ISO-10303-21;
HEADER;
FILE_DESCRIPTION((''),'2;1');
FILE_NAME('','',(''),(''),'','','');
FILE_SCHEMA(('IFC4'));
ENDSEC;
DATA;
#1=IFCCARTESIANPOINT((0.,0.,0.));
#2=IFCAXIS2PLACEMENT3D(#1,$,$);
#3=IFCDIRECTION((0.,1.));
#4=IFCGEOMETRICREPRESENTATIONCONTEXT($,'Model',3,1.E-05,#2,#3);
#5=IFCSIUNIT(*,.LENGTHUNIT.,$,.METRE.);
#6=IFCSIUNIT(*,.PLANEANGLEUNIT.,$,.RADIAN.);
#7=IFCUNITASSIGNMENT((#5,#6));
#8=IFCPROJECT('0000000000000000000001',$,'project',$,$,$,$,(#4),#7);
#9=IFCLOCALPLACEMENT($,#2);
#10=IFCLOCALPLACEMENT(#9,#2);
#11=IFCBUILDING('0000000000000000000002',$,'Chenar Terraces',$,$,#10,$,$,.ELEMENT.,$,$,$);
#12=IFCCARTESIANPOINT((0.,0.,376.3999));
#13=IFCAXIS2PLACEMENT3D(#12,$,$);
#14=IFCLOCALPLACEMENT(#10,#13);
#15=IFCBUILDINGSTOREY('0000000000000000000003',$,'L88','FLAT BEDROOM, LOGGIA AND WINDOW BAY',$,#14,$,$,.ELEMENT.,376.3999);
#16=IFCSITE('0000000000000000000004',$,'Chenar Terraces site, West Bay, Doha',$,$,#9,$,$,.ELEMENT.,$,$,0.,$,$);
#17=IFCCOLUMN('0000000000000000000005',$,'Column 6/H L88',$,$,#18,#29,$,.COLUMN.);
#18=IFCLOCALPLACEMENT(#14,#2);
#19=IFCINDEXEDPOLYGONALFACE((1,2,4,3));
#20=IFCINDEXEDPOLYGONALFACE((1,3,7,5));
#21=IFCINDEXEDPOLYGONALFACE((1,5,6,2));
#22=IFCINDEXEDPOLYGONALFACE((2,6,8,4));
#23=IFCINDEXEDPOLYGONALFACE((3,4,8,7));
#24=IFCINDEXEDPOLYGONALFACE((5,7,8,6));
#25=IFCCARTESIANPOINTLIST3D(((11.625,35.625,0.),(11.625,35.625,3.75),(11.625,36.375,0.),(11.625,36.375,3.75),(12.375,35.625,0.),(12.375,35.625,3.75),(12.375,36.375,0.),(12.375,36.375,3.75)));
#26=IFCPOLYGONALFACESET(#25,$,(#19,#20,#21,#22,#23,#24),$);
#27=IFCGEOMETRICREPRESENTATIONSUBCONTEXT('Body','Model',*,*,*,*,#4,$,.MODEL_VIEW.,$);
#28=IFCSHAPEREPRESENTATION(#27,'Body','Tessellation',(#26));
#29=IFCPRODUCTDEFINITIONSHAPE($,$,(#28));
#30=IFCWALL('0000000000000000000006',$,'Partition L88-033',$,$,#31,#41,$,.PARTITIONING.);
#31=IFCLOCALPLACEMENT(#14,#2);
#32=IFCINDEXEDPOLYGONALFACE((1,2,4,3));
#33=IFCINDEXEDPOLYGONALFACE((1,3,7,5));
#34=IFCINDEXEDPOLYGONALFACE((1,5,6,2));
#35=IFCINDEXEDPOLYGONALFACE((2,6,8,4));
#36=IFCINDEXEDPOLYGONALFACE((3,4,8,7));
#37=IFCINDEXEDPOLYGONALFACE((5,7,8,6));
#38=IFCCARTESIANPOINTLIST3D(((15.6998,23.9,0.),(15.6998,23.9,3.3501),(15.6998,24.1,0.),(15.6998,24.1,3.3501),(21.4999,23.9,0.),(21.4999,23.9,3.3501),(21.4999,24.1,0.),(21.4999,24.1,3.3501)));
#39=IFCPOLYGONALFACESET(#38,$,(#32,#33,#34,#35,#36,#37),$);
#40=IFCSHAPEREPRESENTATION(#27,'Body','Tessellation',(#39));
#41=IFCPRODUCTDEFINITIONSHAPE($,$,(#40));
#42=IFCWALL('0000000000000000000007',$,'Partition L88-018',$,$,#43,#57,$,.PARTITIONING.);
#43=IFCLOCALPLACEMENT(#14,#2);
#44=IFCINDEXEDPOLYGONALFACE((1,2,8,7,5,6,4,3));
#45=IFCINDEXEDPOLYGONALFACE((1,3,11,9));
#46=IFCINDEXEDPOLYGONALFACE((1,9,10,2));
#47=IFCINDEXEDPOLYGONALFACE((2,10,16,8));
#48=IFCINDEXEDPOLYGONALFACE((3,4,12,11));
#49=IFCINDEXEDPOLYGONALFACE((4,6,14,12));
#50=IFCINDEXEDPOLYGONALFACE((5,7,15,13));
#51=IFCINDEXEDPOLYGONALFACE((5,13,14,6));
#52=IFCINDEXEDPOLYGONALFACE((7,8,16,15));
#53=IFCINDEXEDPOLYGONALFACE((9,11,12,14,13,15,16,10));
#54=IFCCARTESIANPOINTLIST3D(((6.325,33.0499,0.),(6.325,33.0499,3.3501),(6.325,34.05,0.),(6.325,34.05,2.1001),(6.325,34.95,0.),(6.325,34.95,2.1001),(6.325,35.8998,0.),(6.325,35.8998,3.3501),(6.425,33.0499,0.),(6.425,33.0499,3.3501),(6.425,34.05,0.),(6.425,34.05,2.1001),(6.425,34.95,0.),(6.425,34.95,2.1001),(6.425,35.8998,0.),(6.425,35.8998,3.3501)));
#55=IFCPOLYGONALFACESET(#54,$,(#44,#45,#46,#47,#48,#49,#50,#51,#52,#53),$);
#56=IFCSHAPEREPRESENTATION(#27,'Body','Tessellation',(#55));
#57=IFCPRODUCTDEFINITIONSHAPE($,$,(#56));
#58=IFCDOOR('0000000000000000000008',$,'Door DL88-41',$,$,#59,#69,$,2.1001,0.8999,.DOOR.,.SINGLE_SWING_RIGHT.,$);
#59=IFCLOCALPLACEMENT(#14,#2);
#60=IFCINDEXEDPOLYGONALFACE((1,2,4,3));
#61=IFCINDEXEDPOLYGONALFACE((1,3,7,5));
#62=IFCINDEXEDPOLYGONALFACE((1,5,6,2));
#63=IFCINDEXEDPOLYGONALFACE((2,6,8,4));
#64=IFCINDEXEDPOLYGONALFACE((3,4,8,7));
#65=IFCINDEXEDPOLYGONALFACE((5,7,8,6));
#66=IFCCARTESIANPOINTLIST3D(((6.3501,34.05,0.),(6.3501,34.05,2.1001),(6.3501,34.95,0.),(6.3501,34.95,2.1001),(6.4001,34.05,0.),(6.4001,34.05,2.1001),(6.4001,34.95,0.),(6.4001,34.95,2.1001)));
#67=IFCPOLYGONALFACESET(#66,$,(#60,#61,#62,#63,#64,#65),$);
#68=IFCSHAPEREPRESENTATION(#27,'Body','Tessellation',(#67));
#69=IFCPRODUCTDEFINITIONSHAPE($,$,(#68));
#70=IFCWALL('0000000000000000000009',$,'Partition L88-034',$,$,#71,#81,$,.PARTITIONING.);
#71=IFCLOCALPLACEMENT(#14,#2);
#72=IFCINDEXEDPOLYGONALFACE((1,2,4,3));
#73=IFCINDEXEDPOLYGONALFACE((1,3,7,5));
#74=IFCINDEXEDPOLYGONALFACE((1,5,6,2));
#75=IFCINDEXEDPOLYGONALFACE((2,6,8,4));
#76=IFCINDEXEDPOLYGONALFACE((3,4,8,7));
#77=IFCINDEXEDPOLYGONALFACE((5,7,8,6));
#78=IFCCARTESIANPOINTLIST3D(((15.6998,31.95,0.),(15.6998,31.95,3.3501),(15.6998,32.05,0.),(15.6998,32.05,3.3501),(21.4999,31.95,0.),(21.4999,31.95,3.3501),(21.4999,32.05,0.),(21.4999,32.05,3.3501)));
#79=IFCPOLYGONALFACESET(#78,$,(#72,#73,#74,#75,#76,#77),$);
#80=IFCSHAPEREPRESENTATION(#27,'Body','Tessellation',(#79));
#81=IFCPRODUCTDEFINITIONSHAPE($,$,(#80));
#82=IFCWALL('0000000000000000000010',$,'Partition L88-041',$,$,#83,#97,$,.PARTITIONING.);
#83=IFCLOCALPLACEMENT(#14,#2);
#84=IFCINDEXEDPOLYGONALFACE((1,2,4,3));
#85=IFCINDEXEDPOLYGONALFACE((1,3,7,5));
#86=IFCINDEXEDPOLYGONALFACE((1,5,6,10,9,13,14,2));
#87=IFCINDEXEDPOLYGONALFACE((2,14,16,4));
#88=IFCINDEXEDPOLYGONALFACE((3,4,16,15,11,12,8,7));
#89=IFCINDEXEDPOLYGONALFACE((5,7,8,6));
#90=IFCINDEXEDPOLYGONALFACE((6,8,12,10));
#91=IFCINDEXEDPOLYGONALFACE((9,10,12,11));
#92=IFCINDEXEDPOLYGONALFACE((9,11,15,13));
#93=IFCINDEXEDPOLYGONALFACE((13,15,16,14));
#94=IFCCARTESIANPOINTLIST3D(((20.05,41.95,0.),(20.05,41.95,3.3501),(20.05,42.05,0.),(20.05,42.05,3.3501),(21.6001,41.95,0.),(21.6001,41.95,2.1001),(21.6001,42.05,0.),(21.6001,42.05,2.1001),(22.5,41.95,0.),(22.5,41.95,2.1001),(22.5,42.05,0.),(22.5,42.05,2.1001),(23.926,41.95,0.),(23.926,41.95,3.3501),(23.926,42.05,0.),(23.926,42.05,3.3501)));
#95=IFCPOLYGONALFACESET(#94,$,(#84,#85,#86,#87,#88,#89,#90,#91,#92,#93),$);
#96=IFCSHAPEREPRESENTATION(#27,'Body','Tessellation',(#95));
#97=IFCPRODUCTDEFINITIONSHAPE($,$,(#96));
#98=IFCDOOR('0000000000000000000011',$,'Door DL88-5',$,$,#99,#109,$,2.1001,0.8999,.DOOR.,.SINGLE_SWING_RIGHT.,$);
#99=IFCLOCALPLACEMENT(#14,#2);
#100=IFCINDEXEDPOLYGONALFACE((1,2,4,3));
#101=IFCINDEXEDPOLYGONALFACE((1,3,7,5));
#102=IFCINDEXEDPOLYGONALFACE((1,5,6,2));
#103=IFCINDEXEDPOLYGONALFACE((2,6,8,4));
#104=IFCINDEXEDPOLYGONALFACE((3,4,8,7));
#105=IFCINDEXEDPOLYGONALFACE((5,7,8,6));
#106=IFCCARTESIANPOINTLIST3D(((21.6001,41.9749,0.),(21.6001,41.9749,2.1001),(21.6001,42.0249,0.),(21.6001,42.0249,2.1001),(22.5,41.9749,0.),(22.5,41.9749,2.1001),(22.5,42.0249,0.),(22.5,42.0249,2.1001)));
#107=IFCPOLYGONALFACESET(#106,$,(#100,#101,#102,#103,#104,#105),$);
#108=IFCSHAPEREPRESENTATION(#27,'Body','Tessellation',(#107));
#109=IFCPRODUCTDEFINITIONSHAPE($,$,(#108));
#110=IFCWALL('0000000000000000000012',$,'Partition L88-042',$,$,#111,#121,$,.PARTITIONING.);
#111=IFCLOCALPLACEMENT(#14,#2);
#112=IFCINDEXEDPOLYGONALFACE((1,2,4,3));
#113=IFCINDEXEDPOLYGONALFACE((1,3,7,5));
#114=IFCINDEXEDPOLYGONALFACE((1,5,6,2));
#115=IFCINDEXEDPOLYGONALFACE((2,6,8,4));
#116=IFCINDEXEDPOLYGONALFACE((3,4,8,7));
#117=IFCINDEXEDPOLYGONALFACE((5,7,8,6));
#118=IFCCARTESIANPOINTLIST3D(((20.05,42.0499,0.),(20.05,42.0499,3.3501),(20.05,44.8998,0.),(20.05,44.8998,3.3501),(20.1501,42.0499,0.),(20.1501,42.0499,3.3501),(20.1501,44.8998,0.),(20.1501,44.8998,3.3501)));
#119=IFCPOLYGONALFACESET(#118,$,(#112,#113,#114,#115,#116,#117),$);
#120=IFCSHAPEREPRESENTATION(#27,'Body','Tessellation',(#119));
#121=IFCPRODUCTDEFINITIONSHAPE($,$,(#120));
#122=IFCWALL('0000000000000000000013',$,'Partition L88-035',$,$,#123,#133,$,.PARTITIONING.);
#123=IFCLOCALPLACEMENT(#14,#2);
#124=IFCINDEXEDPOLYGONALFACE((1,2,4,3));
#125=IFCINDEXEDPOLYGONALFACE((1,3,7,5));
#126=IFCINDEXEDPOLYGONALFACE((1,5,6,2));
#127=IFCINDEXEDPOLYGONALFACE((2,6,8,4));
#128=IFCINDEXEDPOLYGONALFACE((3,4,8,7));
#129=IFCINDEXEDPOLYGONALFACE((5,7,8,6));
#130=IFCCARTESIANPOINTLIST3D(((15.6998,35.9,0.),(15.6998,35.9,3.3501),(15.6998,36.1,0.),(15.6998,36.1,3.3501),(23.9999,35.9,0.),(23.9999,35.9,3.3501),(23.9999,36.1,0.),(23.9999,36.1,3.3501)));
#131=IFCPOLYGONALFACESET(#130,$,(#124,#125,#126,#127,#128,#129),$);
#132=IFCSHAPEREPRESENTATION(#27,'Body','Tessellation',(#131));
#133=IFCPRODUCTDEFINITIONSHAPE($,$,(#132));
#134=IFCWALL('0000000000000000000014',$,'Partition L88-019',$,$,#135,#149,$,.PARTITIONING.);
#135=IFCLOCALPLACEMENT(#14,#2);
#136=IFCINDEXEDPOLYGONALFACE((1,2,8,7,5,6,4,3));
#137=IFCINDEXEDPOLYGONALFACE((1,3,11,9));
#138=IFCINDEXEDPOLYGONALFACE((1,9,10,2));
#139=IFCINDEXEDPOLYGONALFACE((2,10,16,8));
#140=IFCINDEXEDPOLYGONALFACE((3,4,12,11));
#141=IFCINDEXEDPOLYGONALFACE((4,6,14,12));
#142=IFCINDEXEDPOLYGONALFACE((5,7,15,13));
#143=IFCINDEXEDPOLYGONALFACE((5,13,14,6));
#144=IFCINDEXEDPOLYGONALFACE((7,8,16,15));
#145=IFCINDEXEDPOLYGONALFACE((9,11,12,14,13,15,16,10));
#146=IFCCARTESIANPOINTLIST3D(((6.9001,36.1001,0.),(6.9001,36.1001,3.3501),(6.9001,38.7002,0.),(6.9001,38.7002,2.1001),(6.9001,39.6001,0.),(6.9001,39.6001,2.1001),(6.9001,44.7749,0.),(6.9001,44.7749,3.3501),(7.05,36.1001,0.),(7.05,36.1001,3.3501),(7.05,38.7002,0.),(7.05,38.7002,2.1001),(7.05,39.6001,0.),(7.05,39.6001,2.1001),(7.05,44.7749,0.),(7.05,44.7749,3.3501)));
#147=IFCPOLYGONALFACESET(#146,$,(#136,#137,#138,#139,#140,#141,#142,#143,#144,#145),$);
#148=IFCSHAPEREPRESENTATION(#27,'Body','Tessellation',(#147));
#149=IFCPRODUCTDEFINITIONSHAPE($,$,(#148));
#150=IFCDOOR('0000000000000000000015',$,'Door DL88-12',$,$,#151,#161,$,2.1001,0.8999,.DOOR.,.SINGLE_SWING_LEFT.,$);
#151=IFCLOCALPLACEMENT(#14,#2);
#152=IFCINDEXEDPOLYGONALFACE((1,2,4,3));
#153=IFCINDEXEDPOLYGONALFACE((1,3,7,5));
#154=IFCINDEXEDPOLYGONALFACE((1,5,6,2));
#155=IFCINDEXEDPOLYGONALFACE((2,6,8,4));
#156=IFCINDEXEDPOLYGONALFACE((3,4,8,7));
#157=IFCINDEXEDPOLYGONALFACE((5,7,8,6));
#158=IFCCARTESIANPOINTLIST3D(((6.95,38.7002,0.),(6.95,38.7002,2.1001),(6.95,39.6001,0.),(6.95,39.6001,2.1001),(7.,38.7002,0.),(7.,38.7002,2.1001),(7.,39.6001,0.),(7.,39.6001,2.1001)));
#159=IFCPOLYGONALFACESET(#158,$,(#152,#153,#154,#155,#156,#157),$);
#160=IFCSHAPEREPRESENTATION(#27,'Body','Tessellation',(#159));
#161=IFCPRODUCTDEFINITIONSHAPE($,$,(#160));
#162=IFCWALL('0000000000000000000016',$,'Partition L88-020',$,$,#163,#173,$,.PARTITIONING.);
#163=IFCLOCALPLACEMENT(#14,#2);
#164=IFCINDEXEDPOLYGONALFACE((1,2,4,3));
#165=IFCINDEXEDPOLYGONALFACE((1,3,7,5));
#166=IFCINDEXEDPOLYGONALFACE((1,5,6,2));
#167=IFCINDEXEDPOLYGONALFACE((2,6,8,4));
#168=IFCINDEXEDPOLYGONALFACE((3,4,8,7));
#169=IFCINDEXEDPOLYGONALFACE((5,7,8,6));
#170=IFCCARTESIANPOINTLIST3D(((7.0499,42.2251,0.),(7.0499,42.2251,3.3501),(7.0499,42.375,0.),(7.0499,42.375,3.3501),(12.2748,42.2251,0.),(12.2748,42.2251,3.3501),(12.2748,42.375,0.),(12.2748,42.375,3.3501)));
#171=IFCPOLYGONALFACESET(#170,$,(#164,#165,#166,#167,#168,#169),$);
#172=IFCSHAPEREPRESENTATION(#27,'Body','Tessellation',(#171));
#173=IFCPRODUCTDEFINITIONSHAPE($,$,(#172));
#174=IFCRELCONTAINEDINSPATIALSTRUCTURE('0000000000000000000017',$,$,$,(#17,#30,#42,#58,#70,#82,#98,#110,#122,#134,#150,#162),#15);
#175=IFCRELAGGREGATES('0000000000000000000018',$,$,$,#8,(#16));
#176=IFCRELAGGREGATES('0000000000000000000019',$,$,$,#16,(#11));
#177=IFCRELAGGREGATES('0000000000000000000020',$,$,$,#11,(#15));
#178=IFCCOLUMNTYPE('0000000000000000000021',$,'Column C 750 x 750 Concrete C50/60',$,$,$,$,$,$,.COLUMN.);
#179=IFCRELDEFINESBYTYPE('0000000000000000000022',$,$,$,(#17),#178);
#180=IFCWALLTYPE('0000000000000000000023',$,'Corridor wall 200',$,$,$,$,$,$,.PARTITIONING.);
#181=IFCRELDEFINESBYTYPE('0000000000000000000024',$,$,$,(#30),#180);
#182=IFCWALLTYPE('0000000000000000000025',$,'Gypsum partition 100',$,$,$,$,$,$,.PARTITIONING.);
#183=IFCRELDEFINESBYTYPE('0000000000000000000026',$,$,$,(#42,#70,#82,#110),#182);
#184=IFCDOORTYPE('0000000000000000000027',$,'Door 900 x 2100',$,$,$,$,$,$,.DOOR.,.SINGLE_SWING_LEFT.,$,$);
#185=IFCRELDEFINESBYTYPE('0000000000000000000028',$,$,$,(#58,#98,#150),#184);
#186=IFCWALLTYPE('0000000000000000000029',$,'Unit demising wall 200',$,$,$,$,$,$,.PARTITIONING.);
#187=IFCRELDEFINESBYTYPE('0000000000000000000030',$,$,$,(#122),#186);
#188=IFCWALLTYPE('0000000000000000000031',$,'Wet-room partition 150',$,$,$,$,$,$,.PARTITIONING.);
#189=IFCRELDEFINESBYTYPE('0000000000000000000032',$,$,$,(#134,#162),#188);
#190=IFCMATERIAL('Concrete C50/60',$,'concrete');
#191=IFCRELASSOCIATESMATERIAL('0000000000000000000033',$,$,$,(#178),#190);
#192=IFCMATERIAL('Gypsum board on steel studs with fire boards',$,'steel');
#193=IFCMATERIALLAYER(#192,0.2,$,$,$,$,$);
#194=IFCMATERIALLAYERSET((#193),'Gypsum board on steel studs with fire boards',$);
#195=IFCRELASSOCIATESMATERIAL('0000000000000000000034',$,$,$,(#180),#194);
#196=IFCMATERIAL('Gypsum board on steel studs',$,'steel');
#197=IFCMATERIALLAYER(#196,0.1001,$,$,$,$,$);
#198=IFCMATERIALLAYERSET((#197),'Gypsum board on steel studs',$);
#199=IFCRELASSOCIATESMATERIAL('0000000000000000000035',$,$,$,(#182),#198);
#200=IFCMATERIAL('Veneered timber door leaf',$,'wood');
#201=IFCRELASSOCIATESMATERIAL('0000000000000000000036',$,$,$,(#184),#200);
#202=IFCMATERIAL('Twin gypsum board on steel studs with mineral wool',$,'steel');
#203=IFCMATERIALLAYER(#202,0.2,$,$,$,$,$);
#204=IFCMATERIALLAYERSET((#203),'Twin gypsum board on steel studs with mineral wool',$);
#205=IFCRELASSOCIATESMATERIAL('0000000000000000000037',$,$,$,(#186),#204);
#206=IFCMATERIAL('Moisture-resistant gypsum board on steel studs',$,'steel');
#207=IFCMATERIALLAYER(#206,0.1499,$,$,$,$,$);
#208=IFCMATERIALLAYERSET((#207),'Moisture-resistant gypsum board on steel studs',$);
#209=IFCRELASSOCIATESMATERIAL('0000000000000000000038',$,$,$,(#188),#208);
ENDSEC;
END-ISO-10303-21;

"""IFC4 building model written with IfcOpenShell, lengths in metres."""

from ifc_helpers import new_model, si_unit, direction, frame, frame_2d, origin, origin_2d, place, context, subcontext, project, spatial, rectangle, extrude, material, layer, layer_set, material_profile, profile_set, type_object, element, fill, save


model = new_model("IFC4")

# Units and contexts
model_context = context("Model", 3, precision=1e-05, world=origin(), true_north=direction((0.0, 1.0)))
body_context = subcontext(model_context, "Body", "Model", "MODEL_VIEW")
ifc_project = project(units=[si_unit("LENGTHUNIT", "METRE"), si_unit("PLANEANGLEUNIT", "RADIAN")], contexts=[model_context])

# Site, building, storey
site_placement = place(None, origin())
site = spatial("IfcSite", under=ifc_project, at=site_placement, Name="Chenar Terraces site, West Bay, Doha", CompositionType="ELEMENT", RefElevation=0.0)
building_placement = place(site_placement, origin())
building = spatial("IfcBuilding", under=site, at=building_placement, Name="Chenar Terraces", CompositionType="ELEMENT")
storey_placement = place(building_placement, frame((0.0, 0.0, 376.3999)))
storey = spatial("IfcBuildingStorey", under=building, at=storey_placement, Name="L88", Description="FLAT BEDROOM, LOGGIA AND WINDOW BAY", CompositionType="ELEMENT", Elevation=376.3999)

# Column
ifc_material_1 = material(Name="Concrete C50/60", Category="concrete")
ifc_material_profile = material_profile(ifc_material_1, rectangle(XDim=0.75, YDim=0.75, at=origin_2d()), Name="C 750 x 750")
ifc_profile_set = profile_set([ifc_material_profile], Name="Concrete C50/60")
column_type = type_object("IfcColumnType", Name="Column C 750 x 750 Concrete C50/60", PredefinedType="COLUMN", material=ifc_profile_set)
column_placement = place(storey_placement, frame((12.0, 36.0, 0.0), z_axis=(0.0, 0.0, 1.0), x_axis=(1.0, 0.0, 0.0)))
element("IfcColumn", 1, at=column_placement, inside=storey, type_object=column_type, Name="Column 6/H L88", PredefinedType="COLUMN", context=body_context, shape_type="SweptSolid", body=[
    extrude(rectangle(XDim=0.75, YDim=0.75, at=origin_2d()), origin(), (0.0, 0.0, 1.0), 3.75),
])

# Wall
ifc_material_2 = material(Name="Gypsum board on steel studs with fire boards", Category="steel")
ifc_layer_1 = layer(ifc_material_2, 0.2)
ifc_layer_set_1 = layer_set([ifc_layer_1], Name="Gypsum board on steel studs with fire boards")
wall_type_1 = type_object("IfcWallType", Name="Corridor wall 200", PredefinedType="PARTITIONING", material=ifc_layer_set_1)
wall_1_placement = place(storey_placement, frame((15.7, 24.0, 0.0), z_axis=(0.0, 0.0, 1.0), x_axis=(1.0, 0.0, 0.0)))
element("IfcWall", 2, at=wall_1_placement, inside=storey, type_object=wall_type_1, Name="Partition L88-033", PredefinedType="PARTITIONING", context=body_context, shape_type="SweptSolid", body=[
    extrude(rectangle(XDim=5.8, YDim=0.2, at=frame_2d((2.8999, 0.0))), origin(), (0.0, 0.0, 1.0), 3.3501),
])

# Wall, opening, door
ifc_material_3 = material(Name="Gypsum board on steel studs", Category="steel")
ifc_layer_2 = layer(ifc_material_3, 0.1001)
ifc_layer_set_2 = layer_set([ifc_layer_2], Name="Gypsum board on steel studs")
wall_type_2 = type_object("IfcWallType", Name="Gypsum partition 100", PredefinedType="PARTITIONING", material=ifc_layer_set_2)
wall_2_placement = place(storey_placement, frame((6.375, 33.05, 0.0), z_axis=(0.0, 0.0, 1.0), x_axis=(0.0, 1.0, 0.0)))
wall_2 = element("IfcWall", 3, at=wall_2_placement, inside=storey, type_object=wall_type_2, Name="Partition L88-018", PredefinedType="PARTITIONING", context=body_context, shape_type="SweptSolid", body=[
    extrude(rectangle(XDim=2.8499, YDim=0.1001, at=frame_2d((1.4248, 0.0))), origin(), (0.0, 0.0, 1.0), 3.3501),
])
opening_1_placement = place(wall_2_placement, frame((1.0, 0.0, 0.0)))
opening_1 = element("IfcOpeningElement", 4, at=opening_1_placement, cuts=wall_2, PredefinedType="OPENING", context=body_context, shape_type="SweptSolid", body=[
    extrude(rectangle(XDim=0.8999, YDim=2.1001, at=frame_2d((0.45, 1.05))), frame((0.0, 0.0601, 0.0), z_axis=(0.0, -1.0, 0.0), x_axis=(1.0, 0.0, 0.0)), (0.0, 0.0, 1.0), 0.1201),
])
ifc_material_4 = material(Name="Veneered timber door leaf", Category="wood")
door_type_1 = type_object("IfcDoorType", Name="Door 900 x 2100", OperationType="SINGLE_SWING_LEFT", PredefinedType="DOOR", material=ifc_material_4)
door_1_placement = place(opening_1_placement, origin())
door_1 = element("IfcDoor", 5, at=door_1_placement, inside=storey, type_object=door_type_1, Name="Door DL88-41", OperationType="SINGLE_SWING_RIGHT", OverallHeight=2.1001, OverallWidth=0.8999, PredefinedType="DOOR", context=body_context, shape_type="SweptSolid", body=[
    extrude(rectangle(XDim=0.8999, YDim=2.1001, at=frame_2d((0.45, 1.05))), frame((0.0, 0.0249, 0.0), z_axis=(0.0, -1.0, 0.0), x_axis=(1.0, 0.0, 0.0)), (0.0, 0.0, 1.0), 0.05),
])
fill(opening_1, door_1)

# Wall
wall_3_placement = place(storey_placement, frame((15.7, 32.0, 0.0), z_axis=(0.0, 0.0, 1.0), x_axis=(1.0, 0.0, 0.0)))
element("IfcWall", 6, at=wall_3_placement, inside=storey, type_object=wall_type_2, Name="Partition L88-034", PredefinedType="PARTITIONING", context=body_context, shape_type="SweptSolid", body=[
    extrude(rectangle(XDim=5.8, YDim=0.1001, at=frame_2d((2.8999, 0.0))), origin(), (0.0, 0.0, 1.0), 3.3501),
])

# Wall, opening, door
wall_4_placement = place(storey_placement, frame((20.05, 42.0, 0.0), z_axis=(0.0, 0.0, 1.0), x_axis=(1.0, 0.0, 0.0)))
wall_4 = element("IfcWall", 7, at=wall_4_placement, inside=storey, type_object=wall_type_2, Name="Partition L88-041", PredefinedType="PARTITIONING", context=body_context, shape_type="SweptSolid", body=[
    extrude(rectangle(XDim=3.876, YDim=0.1001, at=frame_2d((1.938, 0.0))), origin(), (0.0, 0.0, 1.0), 3.3501),
])
opening_2_placement = place(wall_4_placement, frame((1.55, 0.0, 0.0)))
opening_2 = element("IfcOpeningElement", 8, at=opening_2_placement, cuts=wall_4, PredefinedType="OPENING", context=body_context, shape_type="SweptSolid", body=[
    extrude(rectangle(XDim=0.8999, YDim=2.1001, at=frame_2d((0.45, 1.05))), frame((0.0, 0.0601, 0.0), z_axis=(0.0, -1.0, 0.0), x_axis=(1.0, 0.0, 0.0)), (0.0, 0.0, 1.0), 0.1201),
])
door_2_placement = place(opening_2_placement, origin())
door_2 = element("IfcDoor", 9, at=door_2_placement, inside=storey, type_object=door_type_1, Name="Door DL88-5", OperationType="SINGLE_SWING_RIGHT", OverallHeight=2.1001, OverallWidth=0.8999, PredefinedType="DOOR", context=body_context, shape_type="SweptSolid", body=[
    extrude(rectangle(XDim=0.8999, YDim=2.1001, at=frame_2d((0.45, 1.05))), frame((0.0, 0.0249, 0.0), z_axis=(0.0, -1.0, 0.0), x_axis=(1.0, 0.0, 0.0)), (0.0, 0.0, 1.0), 0.05),
])
fill(opening_2, door_2)

# Walls
wall_5_placement = place(storey_placement, frame((20.1001, 42.05, 0.0), z_axis=(0.0, 0.0, 1.0), x_axis=(0.0, 1.0, 0.0)))
element("IfcWall", 10, at=wall_5_placement, inside=storey, type_object=wall_type_2, Name="Partition L88-042", PredefinedType="PARTITIONING", context=body_context, shape_type="SweptSolid", body=[
    extrude(rectangle(XDim=2.8499, YDim=0.1001, at=frame_2d((1.4248, 0.0))), origin(), (0.0, 0.0, 1.0), 3.3501),
])
ifc_material_5 = material(Name="Twin gypsum board on steel studs with mineral wool", Category="steel")
ifc_layer_3 = layer(ifc_material_5, 0.2)
ifc_layer_set_3 = layer_set([ifc_layer_3], Name="Twin gypsum board on steel studs with mineral wool")
wall_type_3 = type_object("IfcWallType", Name="Unit demising wall 200", PredefinedType="PARTITIONING", material=ifc_layer_set_3)
wall_6_placement = place(storey_placement, frame((15.7, 36.0, 0.0), z_axis=(0.0, 0.0, 1.0), x_axis=(1.0, 0.0, 0.0)))
element("IfcWall", 11, at=wall_6_placement, inside=storey, type_object=wall_type_3, Name="Partition L88-035", PredefinedType="PARTITIONING", context=body_context, shape_type="SweptSolid", body=[
    extrude(rectangle(XDim=8.3, YDim=0.2, at=frame_2d((4.1499, 0.0))), origin(), (0.0, 0.0, 1.0), 3.3501),
])

# Wall, opening, door
ifc_material_6 = material(Name="Moisture-resistant gypsum board on steel studs", Category="steel")
ifc_layer_4 = layer(ifc_material_6, 0.1499)
ifc_layer_set_4 = layer_set([ifc_layer_4], Name="Moisture-resistant gypsum board on steel studs")
wall_type_4 = type_object("IfcWallType", Name="Wet-room partition 150", PredefinedType="PARTITIONING", material=ifc_layer_set_4)
wall_7_placement = place(storey_placement, frame((6.9751, 36.1001, 0.0), z_axis=(0.0, 0.0, 1.0), x_axis=(0.0, 1.0, 0.0)))
wall_7 = element("IfcWall", 12, at=wall_7_placement, inside=storey, type_object=wall_type_4, Name="Partition L88-019", PredefinedType="PARTITIONING", context=body_context, shape_type="SweptSolid", body=[
    extrude(rectangle(XDim=8.6748, YDim=0.1499, at=frame_2d((4.3374, 0.0))), origin(), (0.0, 0.0, 1.0), 3.3501),
])
opening_3_placement = place(wall_7_placement, frame((2.6001, 0.0, 0.0)))
opening_3 = element("IfcOpeningElement", 13, at=opening_3_placement, cuts=wall_7, PredefinedType="OPENING", context=body_context, shape_type="SweptSolid", body=[
    extrude(rectangle(XDim=0.8999, YDim=2.1001, at=frame_2d((0.45, 1.05))), frame((0.0, 0.085, 0.0), z_axis=(0.0, -1.0, 0.0), x_axis=(1.0, 0.0, 0.0)), (0.0, 0.0, 1.0), 0.1699),
])
door_3_placement = place(opening_3_placement, frame((0.8999, 0.0, 0.0), z_axis=(0.0, 0.0, 1.0), x_axis=(-1.0, 0.0, 0.0)))
door_3 = element("IfcDoor", 14, at=door_3_placement, inside=storey, type_object=door_type_1, Name="Door DL88-12", OperationType="SINGLE_SWING_LEFT", OverallHeight=2.1001, OverallWidth=0.8999, PredefinedType="DOOR", context=body_context, shape_type="SweptSolid", body=[
    extrude(rectangle(XDim=0.8999, YDim=2.1001, at=frame_2d((0.45, 1.05))), frame((0.0, 0.0249, 0.0), z_axis=(0.0, -1.0, 0.0), x_axis=(1.0, 0.0, 0.0)), (0.0, 0.0, 1.0), 0.05),
])
fill(opening_3, door_3)

# Wall
wall_8_placement = place(storey_placement, frame((7.05, 42.3, 0.0), z_axis=(0.0, 0.0, 1.0), x_axis=(1.0, 0.0, 0.0)))
element("IfcWall", 15, at=wall_8_placement, inside=storey, type_object=wall_type_4, Name="Partition L88-020", PredefinedType="PARTITIONING", context=body_context, shape_type="SweptSolid", body=[
    extrude(rectangle(XDim=5.2249, YDim=0.1499, at=frame_2d((2.6123, 0.0))), origin(), (0.0, 0.0, 1.0), 3.3501),
])

save(model, "model.ifc")
